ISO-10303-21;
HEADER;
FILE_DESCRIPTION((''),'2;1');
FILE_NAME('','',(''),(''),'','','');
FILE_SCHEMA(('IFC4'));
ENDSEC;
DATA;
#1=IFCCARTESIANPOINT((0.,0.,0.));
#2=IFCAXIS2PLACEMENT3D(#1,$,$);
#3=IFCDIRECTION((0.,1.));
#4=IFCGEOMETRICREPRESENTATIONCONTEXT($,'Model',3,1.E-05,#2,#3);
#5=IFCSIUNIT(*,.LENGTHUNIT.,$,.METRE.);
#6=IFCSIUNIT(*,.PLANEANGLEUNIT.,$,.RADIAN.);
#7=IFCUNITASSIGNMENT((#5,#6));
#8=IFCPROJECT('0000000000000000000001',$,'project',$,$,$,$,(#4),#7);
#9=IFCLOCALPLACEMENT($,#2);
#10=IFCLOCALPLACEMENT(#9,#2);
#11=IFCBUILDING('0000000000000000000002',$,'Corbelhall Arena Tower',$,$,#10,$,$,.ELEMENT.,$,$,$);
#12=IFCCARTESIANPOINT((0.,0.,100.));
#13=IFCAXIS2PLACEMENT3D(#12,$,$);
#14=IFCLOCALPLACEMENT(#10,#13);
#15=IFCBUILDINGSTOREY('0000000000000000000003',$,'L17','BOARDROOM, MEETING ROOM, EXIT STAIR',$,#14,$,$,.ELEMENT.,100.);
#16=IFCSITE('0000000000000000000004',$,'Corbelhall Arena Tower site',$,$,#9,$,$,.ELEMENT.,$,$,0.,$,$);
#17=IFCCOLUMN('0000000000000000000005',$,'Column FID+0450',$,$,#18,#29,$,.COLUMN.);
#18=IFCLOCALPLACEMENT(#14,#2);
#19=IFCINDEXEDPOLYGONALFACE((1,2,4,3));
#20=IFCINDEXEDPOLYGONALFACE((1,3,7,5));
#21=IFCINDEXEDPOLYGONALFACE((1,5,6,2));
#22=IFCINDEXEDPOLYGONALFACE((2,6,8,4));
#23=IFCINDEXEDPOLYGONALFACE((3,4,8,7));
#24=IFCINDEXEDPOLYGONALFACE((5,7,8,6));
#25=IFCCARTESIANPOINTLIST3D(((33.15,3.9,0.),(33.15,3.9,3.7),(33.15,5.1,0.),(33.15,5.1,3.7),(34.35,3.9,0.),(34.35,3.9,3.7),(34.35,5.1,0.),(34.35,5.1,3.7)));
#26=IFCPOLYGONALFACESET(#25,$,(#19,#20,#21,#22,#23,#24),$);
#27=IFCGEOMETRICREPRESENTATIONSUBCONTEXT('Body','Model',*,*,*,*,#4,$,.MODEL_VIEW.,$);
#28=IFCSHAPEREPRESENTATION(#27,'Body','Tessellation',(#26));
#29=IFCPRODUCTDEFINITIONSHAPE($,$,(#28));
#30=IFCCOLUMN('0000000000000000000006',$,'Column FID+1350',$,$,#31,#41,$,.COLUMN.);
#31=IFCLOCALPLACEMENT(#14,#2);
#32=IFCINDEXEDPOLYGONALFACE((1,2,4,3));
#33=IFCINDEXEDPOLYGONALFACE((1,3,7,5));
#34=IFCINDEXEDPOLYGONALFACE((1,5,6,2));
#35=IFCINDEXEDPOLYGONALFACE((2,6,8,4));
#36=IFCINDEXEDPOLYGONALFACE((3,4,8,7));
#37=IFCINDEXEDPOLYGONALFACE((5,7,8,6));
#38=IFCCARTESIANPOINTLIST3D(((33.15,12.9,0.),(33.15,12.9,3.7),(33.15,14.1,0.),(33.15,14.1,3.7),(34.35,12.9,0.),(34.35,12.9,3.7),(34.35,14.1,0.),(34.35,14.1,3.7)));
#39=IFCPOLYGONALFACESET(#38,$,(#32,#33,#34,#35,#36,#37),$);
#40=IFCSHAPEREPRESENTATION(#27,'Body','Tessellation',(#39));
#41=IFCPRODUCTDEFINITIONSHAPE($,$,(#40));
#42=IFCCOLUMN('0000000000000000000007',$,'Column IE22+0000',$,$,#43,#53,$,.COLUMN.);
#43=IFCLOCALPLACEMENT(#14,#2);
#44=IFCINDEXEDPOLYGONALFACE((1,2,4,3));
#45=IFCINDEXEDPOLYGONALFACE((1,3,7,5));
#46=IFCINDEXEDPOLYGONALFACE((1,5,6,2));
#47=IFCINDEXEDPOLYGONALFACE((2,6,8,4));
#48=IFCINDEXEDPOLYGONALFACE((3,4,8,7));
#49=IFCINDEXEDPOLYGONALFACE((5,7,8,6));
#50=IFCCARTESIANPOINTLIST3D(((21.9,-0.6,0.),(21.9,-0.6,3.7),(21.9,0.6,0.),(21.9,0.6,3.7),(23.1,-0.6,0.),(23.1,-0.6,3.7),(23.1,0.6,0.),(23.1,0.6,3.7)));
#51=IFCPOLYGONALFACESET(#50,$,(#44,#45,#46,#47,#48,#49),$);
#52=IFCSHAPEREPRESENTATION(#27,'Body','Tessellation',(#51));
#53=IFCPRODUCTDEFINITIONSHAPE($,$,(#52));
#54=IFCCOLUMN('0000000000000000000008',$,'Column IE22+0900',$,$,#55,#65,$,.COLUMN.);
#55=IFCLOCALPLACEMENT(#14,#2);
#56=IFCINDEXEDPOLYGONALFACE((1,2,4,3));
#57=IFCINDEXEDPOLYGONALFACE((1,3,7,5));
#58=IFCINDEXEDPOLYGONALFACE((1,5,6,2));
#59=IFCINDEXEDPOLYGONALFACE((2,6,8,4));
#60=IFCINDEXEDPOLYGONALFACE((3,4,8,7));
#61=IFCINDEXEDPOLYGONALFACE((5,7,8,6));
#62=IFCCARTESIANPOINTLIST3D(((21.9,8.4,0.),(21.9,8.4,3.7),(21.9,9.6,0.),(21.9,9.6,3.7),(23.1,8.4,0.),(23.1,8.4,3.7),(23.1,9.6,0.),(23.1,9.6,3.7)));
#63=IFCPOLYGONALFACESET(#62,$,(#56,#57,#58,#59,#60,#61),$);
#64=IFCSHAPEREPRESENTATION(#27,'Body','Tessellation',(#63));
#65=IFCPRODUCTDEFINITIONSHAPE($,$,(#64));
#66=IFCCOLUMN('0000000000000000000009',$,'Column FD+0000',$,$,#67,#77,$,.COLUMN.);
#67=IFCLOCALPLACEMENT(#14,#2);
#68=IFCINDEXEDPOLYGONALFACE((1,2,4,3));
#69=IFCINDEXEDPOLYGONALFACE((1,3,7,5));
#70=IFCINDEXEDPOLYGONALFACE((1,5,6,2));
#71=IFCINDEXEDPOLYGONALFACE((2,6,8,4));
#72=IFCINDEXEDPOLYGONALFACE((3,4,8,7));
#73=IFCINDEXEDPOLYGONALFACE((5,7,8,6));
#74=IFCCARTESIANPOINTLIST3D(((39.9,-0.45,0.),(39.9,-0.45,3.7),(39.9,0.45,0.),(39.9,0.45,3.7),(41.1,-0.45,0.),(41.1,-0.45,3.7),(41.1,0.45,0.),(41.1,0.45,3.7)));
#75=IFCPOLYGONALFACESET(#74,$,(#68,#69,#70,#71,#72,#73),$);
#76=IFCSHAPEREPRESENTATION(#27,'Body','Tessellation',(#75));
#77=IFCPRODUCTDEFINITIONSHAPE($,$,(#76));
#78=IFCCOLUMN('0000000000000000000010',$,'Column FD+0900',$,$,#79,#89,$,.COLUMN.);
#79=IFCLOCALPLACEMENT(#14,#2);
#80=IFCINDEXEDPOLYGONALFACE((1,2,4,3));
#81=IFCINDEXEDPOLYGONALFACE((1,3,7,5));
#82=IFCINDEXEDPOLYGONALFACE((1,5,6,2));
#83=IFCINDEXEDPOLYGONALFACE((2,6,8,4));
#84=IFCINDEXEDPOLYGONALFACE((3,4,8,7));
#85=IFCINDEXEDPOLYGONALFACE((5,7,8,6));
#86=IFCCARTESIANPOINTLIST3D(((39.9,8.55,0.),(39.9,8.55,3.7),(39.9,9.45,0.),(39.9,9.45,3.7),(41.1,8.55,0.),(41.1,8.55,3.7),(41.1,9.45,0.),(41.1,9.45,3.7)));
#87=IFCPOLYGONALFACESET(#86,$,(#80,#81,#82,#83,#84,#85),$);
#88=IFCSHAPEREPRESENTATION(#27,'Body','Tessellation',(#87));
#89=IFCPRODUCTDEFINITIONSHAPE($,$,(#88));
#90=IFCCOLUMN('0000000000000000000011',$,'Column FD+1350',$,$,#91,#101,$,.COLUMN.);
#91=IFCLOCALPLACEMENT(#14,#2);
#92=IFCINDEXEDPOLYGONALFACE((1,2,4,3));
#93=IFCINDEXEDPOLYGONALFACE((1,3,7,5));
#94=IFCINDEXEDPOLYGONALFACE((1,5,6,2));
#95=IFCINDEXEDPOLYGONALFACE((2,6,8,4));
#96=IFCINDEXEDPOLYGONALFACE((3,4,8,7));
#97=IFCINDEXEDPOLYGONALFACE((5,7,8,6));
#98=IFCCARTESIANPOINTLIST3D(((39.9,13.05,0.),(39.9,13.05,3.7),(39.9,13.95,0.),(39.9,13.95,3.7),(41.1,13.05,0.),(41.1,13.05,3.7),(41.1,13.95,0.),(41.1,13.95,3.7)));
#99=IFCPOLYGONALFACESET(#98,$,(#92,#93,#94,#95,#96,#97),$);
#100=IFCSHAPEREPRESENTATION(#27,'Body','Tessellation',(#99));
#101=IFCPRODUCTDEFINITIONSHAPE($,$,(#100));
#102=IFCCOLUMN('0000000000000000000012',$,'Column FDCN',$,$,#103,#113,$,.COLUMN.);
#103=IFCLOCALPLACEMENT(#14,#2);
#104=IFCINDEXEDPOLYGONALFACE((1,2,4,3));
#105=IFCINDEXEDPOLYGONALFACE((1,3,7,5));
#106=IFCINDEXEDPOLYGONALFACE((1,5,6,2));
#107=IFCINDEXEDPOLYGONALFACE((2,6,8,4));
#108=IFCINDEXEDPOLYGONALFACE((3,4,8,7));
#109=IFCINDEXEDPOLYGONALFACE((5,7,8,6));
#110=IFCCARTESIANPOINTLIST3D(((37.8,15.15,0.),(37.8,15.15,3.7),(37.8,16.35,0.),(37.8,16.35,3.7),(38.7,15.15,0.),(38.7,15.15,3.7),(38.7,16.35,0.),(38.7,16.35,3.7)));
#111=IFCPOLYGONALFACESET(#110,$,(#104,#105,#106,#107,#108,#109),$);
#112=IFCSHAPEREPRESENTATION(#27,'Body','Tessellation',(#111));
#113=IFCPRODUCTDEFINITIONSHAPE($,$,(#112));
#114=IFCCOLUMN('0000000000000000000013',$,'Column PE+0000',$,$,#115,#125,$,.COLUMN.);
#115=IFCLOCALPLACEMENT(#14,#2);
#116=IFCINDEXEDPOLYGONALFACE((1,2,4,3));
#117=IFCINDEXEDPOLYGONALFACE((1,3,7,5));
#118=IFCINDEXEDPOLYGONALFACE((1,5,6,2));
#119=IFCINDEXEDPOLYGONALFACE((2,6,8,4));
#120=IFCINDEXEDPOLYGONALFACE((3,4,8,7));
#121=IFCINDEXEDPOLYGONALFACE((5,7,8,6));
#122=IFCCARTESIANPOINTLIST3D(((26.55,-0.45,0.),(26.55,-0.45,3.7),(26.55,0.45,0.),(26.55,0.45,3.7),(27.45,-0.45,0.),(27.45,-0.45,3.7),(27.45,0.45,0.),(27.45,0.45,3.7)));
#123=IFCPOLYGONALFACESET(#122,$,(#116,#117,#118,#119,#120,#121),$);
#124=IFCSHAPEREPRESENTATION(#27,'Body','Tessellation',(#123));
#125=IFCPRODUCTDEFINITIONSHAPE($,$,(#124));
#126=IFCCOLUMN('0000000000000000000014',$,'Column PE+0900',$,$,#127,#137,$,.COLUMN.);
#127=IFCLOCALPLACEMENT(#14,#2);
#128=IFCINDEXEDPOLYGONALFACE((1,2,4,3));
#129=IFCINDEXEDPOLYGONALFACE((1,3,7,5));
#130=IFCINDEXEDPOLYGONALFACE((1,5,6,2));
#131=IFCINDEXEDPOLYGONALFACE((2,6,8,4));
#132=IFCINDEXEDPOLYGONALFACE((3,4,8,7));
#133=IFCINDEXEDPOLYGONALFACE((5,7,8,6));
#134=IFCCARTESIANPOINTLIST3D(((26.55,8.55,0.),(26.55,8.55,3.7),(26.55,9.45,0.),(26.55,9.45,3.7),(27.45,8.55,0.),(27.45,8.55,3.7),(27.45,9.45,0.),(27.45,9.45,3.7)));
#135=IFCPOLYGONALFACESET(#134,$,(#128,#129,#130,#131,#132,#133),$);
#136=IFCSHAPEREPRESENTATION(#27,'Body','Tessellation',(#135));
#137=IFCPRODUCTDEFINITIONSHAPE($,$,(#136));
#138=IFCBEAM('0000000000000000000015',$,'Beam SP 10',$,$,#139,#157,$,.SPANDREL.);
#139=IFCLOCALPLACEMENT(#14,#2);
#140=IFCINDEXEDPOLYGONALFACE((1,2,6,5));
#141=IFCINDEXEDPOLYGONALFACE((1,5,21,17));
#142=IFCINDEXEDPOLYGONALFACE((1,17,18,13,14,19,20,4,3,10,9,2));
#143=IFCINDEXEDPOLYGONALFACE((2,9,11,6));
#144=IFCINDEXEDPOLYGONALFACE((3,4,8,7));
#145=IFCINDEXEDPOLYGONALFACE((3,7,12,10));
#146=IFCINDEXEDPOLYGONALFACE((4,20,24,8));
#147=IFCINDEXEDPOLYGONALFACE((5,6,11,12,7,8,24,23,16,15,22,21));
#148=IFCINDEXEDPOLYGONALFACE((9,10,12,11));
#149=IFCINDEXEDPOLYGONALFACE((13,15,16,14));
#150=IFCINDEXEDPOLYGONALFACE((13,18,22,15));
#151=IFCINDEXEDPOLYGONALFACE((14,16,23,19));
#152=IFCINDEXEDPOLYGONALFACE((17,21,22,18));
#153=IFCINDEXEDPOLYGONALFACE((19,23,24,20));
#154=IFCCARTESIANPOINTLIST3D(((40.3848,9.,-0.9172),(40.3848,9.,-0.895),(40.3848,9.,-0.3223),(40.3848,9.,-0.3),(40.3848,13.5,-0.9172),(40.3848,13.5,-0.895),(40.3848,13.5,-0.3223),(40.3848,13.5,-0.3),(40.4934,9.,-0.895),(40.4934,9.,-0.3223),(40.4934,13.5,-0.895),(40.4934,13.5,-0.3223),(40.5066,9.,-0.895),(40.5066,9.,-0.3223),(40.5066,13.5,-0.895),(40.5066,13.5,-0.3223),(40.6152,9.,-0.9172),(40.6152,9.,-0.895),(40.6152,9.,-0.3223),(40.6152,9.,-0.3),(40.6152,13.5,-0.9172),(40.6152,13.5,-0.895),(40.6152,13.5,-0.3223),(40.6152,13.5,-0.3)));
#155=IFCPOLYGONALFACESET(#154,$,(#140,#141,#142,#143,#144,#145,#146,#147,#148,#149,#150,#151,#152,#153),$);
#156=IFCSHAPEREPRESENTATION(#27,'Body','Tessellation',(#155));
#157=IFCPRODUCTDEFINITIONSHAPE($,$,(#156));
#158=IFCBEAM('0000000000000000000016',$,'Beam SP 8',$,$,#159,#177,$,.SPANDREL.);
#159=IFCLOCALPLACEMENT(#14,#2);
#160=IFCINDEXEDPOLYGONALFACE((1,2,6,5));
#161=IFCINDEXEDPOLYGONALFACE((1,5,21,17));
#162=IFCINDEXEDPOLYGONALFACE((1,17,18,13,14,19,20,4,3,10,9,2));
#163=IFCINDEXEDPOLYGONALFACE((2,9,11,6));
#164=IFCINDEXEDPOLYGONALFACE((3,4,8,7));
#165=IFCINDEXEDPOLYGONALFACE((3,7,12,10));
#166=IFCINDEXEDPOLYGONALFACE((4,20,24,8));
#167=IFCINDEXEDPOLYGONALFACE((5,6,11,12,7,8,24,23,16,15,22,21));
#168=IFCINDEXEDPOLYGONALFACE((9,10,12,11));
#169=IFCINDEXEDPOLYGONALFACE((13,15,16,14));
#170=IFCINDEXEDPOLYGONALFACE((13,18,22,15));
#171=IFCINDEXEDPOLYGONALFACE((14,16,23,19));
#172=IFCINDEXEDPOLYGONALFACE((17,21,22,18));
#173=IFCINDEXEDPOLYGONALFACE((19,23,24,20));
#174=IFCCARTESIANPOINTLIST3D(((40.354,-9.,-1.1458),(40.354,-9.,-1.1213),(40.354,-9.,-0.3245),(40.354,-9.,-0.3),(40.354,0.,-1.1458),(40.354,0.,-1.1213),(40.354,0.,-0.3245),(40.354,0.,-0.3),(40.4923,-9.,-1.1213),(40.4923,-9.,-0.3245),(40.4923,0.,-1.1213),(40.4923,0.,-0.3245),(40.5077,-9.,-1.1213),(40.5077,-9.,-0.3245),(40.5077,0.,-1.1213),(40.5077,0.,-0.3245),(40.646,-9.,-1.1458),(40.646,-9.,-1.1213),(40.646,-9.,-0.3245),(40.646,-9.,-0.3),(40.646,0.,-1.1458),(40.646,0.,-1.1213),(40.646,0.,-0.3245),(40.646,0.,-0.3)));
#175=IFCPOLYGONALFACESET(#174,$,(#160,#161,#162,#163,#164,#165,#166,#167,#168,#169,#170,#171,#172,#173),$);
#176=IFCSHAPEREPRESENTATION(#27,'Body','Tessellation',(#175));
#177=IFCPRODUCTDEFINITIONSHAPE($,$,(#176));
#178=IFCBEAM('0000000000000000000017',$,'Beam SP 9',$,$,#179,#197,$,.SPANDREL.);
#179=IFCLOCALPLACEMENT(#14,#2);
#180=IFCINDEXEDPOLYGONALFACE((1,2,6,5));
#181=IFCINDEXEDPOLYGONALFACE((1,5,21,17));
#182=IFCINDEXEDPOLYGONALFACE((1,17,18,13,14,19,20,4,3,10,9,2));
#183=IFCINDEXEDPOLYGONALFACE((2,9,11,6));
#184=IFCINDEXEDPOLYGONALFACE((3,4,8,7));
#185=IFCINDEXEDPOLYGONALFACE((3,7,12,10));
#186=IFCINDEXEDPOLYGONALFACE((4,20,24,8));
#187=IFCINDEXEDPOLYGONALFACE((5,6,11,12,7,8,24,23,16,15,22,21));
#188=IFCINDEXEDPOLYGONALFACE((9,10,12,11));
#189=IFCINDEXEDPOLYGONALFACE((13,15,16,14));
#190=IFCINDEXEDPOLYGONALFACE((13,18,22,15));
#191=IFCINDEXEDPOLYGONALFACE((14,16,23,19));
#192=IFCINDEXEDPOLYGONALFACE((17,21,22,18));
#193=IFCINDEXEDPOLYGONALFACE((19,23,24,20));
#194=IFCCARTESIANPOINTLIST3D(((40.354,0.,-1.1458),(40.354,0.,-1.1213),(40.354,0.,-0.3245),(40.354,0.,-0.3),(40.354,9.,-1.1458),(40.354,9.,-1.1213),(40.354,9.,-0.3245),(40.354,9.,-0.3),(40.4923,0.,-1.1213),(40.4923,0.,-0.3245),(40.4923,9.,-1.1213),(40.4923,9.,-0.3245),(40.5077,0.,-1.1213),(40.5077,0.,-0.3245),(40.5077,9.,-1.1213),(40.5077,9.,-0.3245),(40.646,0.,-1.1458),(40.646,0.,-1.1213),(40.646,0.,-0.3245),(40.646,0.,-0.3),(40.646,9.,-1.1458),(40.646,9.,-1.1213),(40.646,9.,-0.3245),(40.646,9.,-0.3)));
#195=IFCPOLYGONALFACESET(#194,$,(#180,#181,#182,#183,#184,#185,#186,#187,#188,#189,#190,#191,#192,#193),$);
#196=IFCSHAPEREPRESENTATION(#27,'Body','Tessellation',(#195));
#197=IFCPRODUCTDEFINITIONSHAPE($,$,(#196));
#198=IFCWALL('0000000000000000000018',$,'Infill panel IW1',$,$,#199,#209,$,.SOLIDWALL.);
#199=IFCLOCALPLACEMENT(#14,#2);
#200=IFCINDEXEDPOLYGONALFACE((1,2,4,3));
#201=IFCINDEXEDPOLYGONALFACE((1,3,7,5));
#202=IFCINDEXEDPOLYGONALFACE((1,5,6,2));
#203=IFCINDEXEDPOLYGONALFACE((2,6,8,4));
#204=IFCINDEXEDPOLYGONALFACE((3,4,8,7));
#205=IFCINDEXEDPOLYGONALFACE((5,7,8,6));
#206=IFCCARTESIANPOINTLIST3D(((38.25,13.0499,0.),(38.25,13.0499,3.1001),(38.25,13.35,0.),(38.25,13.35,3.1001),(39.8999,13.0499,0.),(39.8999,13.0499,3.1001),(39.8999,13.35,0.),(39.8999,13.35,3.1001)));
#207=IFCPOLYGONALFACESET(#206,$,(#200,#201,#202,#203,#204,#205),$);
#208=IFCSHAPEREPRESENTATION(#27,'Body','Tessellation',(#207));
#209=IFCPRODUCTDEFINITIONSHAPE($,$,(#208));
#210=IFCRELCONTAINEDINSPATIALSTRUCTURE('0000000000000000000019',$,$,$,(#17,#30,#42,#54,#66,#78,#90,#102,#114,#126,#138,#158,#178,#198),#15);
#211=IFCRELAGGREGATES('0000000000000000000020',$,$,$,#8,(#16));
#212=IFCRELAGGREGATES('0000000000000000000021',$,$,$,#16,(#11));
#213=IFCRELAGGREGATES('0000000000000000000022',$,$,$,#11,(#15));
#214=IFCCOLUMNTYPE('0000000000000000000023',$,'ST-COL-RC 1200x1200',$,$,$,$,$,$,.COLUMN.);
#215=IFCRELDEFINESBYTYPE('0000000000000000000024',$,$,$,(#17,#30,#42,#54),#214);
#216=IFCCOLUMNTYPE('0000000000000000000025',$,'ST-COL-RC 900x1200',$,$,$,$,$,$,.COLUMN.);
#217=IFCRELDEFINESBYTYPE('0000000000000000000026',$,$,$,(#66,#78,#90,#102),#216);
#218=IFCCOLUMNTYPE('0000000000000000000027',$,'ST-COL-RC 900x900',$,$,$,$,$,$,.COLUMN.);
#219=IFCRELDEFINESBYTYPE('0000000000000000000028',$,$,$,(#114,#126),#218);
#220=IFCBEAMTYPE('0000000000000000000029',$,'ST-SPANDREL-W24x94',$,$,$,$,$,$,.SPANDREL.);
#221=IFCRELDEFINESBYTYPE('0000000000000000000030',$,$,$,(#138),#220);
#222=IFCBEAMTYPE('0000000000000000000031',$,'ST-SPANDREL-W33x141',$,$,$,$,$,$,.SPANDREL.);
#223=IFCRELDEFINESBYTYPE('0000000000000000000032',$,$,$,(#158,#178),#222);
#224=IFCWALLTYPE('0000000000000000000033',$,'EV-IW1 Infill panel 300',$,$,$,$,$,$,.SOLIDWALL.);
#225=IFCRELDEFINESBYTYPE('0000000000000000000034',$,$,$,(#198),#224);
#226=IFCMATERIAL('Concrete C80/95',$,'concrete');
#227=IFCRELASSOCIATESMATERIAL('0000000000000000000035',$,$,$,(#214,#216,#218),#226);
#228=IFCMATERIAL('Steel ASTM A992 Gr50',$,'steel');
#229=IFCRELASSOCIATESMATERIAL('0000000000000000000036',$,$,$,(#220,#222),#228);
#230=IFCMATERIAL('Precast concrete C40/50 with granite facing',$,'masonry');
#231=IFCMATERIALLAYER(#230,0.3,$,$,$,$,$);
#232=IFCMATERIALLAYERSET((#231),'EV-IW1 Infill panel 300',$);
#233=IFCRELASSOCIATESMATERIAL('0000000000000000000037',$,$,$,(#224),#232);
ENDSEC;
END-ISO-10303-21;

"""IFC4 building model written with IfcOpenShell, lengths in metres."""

from ifc_helpers import new_model, si_unit, direction, frame, frame_2d, origin, origin_2d, place, context, subcontext, project, spatial, rectangle, i_section, extrude, material, layer, layer_set, material_profile, profile_set, type_object, element, save


model = new_model("IFC4")

# Units and contexts
model_context = context("Model", 3, precision=1e-05, world=origin(), true_north=direction((0.0, 1.0)))
body_context = subcontext(model_context, "Body", "Model", "MODEL_VIEW")
ifc_project = project(units=[si_unit("LENGTHUNIT", "METRE"), si_unit("PLANEANGLEUNIT", "RADIAN")], contexts=[model_context])

# Site, building, storey
site_placement = place(None, origin())
site = spatial("IfcSite", under=ifc_project, at=site_placement, Name="Corbelhall Arena Tower site", CompositionType="ELEMENT", RefElevation=0.0)
building_placement = place(site_placement, origin())
building = spatial("IfcBuilding", under=site, at=building_placement, Name="Corbelhall Arena Tower", CompositionType="ELEMENT")
storey_placement = place(building_placement, frame((0.0, 0.0, 100.0)))
storey = spatial("IfcBuildingStorey", under=building, at=storey_placement, Name="L17", Description="BOARDROOM, MEETING ROOM, EXIT STAIR", CompositionType="ELEMENT", Elevation=100.0)

# Columns
ifc_material_1 = material(Name="Concrete C80/95", Category="concrete")
ifc_material_profile_1 = material_profile(ifc_material_1, rectangle(XDim=1.2, YDim=1.2, at=origin_2d()))
ifc_profile_set_1 = profile_set([ifc_material_profile_1], Name="Concrete C80/95")
column_type_1 = type_object("IfcColumnType", Name="ST-COL-RC 1200x1200", PredefinedType="COLUMN", material=ifc_profile_set_1)
for number, where, z_axis, x_axis, name in (
    (1, (33.75, 4.5, 0.0), (0.0, 0.0, 1.0), (1.0, 0.0, 0.0), "Column FID+0450"),
    (2, (33.75, 13.5, 0.0), (0.0, 0.0, 1.0), (1.0, 0.0, 0.0), "Column FID+1350"),
    (3, (22.5, 0.0, 0.0), (0.0, 0.0, 1.0), (1.0, 0.0, 0.0), "Column IE22+0000"),
    (4, (22.5, 9.0, 0.0), (0.0, 0.0, 1.0), (1.0, 0.0, 0.0), "Column IE22+0900"),
):
    element("IfcColumn", number, at=place(storey_placement, frame(where, z_axis=z_axis, x_axis=x_axis)), inside=storey, type_object=column_type_1, Name=name, PredefinedType="COLUMN", context=body_context, shape_type="SweptSolid", body=[
        extrude(rectangle(XDim=1.2, YDim=1.2, at=origin_2d()), origin(), (0.0, 0.0, 1.0), 3.7),
    ])
ifc_material_profile_2 = material_profile(ifc_material_1, rectangle(XDim=0.8999, YDim=1.2, at=origin_2d()))
ifc_profile_set_2 = profile_set([ifc_material_profile_2], Name="Concrete C80/95")
column_type_2 = type_object("IfcColumnType", Name="ST-COL-RC 900x1200", PredefinedType="COLUMN", material=ifc_profile_set_2)
for number, where, z_axis, x_axis, name in (
    (5, (40.5, 0.0, 0.0), (0.0, 0.0, 1.0), (0.0, 1.0, 0.0), "Column FD+0000"),
    (6, (40.5, 9.0, 0.0), (0.0, 0.0, 1.0), (0.0, 1.0, 0.0), "Column FD+0900"),
    (7, (40.5, 13.5, 0.0), (0.0, 0.0, 1.0), (0.0, 1.0, 0.0), "Column FD+1350"),
    (8, (38.25, 15.75, 0.0), (0.0, 0.0, 1.0), (1.0, 0.0, 0.0), "Column FDCN"),
):
    element("IfcColumn", number, at=place(storey_placement, frame(where, z_axis=z_axis, x_axis=x_axis)), inside=storey, type_object=column_type_2, Name=name, PredefinedType="COLUMN", context=body_context, shape_type="SweptSolid", body=[
        extrude(rectangle(XDim=0.8999, YDim=1.2, at=origin_2d()), origin(), (0.0, 0.0, 1.0), 3.7),
    ])
ifc_material_profile_3 = material_profile(ifc_material_1, rectangle(XDim=0.8999, YDim=0.8999, at=origin_2d()))
ifc_profile_set_3 = profile_set([ifc_material_profile_3], Name="Concrete C80/95")
column_type_3 = type_object("IfcColumnType", Name="ST-COL-RC 900x900", PredefinedType="COLUMN", material=ifc_profile_set_3)
for number, where, z_axis, x_axis, name in (
    (9, (27.0, 0.0, 0.0), (0.0, 0.0, 1.0), (1.0, 0.0, 0.0), "Column PE+0000"),
    (10, (27.0, 9.0, 0.0), (0.0, 0.0, 1.0), (1.0, 0.0, 0.0), "Column PE+0900"),
):
    element("IfcColumn", number, at=place(storey_placement, frame(where, z_axis=z_axis, x_axis=x_axis)), inside=storey, type_object=column_type_3, Name=name, PredefinedType="COLUMN", context=body_context, shape_type="SweptSolid", body=[
        extrude(rectangle(XDim=0.8999, YDim=0.8999, at=origin_2d()), origin(), (0.0, 0.0, 1.0), 3.7),
    ])

# Beams
ifc_material_2 = material(Name="Steel ASTM A992 Gr50", Category="steel")
ifc_material_profile_4 = material_profile(ifc_material_2, i_section(OverallWidth=0.2305, OverallDepth=0.6172, WebThickness=0.0132, FlangeThickness=0.0222, at=origin_2d()))
ifc_profile_set_4 = profile_set([ifc_material_profile_4], Name="Steel ASTM A992 Gr50")
beam_type_1 = type_object("IfcBeamType", Name="ST-SPANDREL-W24x94", PredefinedType="SPANDREL", material=ifc_profile_set_4)
beam_placement = place(storey_placement, frame((40.5, 13.5, -0.6086), z_axis=(0.0, -1.0, 0.0), x_axis=(1.0, 0.0, 0.0)))
element("IfcBeam", 11, at=beam_placement, inside=storey, type_object=beam_type_1, Name="Beam SP 10", PredefinedType="SPANDREL", context=body_context, shape_type="SweptSolid", body=[
    extrude(i_section(OverallWidth=0.2305, OverallDepth=0.6172, WebThickness=0.0132, FlangeThickness=0.0222, at=origin_2d()), origin(), (0.0, 0.0, 1.0), 4.5),
])
ifc_material_profile_5 = material_profile(ifc_material_2, i_section(OverallWidth=0.292, OverallDepth=0.8457, WebThickness=0.0154, FlangeThickness=0.0244, at=origin_2d()))
ifc_profile_set_5 = profile_set([ifc_material_profile_5], Name="Steel ASTM A992 Gr50")
beam_type_2 = type_object("IfcBeamType", Name="ST-SPANDREL-W33x141", PredefinedType="SPANDREL", material=ifc_profile_set_5)
for number, where, z_axis, x_axis, name in (
    (12, (40.5, 0.0, -0.7229), (0.0, -1.0, 0.0), (1.0, 0.0, 0.0), "Beam SP 8"),
    (13, (40.5, 9.0, -0.7229), (0.0, -1.0, 0.0), (1.0, 0.0, 0.0), "Beam SP 9"),
):
    element("IfcBeam", number, at=place(storey_placement, frame(where, z_axis=z_axis, x_axis=x_axis)), inside=storey, type_object=beam_type_2, Name=name, PredefinedType="SPANDREL", context=body_context, shape_type="SweptSolid", body=[
        extrude(i_section(OverallWidth=0.292, OverallDepth=0.8457, WebThickness=0.0154, FlangeThickness=0.0244, at=origin_2d()), origin(), (0.0, 0.0, 1.0), 9.0),
    ])

# Wall
ifc_material_3 = material(Name="Precast concrete C40/50 with granite facing", Category="masonry")
ifc_layer_1 = layer(ifc_material_3, 0.3)
ifc_layer_set_1 = layer_set([ifc_layer_1], Name="EV-IW1 Infill panel 300")
wall_type_1 = type_object("IfcWallType", Name="EV-IW1 Infill panel 300", PredefinedType="SOLIDWALL", material=ifc_layer_set_1)
wall_1_placement = place(storey_placement, frame((39.8999, 13.2, 0.0), z_axis=(0.0, 0.0, 1.0), x_axis=(-1.0, 0.0, 0.0)))
element("IfcWall", 14, at=wall_1_placement, inside=storey, type_object=wall_type_1, Name="Infill panel IW1", PredefinedType="SOLIDWALL", context=body_context, shape_type="SweptSolid", body=[
    extrude(rectangle(XDim=1.6499, YDim=0.3, at=frame_2d((0.825, 0.0))), origin(), (0.0, 0.0, 1.0), 3.1001),
])

save(model, "model.ifc")
